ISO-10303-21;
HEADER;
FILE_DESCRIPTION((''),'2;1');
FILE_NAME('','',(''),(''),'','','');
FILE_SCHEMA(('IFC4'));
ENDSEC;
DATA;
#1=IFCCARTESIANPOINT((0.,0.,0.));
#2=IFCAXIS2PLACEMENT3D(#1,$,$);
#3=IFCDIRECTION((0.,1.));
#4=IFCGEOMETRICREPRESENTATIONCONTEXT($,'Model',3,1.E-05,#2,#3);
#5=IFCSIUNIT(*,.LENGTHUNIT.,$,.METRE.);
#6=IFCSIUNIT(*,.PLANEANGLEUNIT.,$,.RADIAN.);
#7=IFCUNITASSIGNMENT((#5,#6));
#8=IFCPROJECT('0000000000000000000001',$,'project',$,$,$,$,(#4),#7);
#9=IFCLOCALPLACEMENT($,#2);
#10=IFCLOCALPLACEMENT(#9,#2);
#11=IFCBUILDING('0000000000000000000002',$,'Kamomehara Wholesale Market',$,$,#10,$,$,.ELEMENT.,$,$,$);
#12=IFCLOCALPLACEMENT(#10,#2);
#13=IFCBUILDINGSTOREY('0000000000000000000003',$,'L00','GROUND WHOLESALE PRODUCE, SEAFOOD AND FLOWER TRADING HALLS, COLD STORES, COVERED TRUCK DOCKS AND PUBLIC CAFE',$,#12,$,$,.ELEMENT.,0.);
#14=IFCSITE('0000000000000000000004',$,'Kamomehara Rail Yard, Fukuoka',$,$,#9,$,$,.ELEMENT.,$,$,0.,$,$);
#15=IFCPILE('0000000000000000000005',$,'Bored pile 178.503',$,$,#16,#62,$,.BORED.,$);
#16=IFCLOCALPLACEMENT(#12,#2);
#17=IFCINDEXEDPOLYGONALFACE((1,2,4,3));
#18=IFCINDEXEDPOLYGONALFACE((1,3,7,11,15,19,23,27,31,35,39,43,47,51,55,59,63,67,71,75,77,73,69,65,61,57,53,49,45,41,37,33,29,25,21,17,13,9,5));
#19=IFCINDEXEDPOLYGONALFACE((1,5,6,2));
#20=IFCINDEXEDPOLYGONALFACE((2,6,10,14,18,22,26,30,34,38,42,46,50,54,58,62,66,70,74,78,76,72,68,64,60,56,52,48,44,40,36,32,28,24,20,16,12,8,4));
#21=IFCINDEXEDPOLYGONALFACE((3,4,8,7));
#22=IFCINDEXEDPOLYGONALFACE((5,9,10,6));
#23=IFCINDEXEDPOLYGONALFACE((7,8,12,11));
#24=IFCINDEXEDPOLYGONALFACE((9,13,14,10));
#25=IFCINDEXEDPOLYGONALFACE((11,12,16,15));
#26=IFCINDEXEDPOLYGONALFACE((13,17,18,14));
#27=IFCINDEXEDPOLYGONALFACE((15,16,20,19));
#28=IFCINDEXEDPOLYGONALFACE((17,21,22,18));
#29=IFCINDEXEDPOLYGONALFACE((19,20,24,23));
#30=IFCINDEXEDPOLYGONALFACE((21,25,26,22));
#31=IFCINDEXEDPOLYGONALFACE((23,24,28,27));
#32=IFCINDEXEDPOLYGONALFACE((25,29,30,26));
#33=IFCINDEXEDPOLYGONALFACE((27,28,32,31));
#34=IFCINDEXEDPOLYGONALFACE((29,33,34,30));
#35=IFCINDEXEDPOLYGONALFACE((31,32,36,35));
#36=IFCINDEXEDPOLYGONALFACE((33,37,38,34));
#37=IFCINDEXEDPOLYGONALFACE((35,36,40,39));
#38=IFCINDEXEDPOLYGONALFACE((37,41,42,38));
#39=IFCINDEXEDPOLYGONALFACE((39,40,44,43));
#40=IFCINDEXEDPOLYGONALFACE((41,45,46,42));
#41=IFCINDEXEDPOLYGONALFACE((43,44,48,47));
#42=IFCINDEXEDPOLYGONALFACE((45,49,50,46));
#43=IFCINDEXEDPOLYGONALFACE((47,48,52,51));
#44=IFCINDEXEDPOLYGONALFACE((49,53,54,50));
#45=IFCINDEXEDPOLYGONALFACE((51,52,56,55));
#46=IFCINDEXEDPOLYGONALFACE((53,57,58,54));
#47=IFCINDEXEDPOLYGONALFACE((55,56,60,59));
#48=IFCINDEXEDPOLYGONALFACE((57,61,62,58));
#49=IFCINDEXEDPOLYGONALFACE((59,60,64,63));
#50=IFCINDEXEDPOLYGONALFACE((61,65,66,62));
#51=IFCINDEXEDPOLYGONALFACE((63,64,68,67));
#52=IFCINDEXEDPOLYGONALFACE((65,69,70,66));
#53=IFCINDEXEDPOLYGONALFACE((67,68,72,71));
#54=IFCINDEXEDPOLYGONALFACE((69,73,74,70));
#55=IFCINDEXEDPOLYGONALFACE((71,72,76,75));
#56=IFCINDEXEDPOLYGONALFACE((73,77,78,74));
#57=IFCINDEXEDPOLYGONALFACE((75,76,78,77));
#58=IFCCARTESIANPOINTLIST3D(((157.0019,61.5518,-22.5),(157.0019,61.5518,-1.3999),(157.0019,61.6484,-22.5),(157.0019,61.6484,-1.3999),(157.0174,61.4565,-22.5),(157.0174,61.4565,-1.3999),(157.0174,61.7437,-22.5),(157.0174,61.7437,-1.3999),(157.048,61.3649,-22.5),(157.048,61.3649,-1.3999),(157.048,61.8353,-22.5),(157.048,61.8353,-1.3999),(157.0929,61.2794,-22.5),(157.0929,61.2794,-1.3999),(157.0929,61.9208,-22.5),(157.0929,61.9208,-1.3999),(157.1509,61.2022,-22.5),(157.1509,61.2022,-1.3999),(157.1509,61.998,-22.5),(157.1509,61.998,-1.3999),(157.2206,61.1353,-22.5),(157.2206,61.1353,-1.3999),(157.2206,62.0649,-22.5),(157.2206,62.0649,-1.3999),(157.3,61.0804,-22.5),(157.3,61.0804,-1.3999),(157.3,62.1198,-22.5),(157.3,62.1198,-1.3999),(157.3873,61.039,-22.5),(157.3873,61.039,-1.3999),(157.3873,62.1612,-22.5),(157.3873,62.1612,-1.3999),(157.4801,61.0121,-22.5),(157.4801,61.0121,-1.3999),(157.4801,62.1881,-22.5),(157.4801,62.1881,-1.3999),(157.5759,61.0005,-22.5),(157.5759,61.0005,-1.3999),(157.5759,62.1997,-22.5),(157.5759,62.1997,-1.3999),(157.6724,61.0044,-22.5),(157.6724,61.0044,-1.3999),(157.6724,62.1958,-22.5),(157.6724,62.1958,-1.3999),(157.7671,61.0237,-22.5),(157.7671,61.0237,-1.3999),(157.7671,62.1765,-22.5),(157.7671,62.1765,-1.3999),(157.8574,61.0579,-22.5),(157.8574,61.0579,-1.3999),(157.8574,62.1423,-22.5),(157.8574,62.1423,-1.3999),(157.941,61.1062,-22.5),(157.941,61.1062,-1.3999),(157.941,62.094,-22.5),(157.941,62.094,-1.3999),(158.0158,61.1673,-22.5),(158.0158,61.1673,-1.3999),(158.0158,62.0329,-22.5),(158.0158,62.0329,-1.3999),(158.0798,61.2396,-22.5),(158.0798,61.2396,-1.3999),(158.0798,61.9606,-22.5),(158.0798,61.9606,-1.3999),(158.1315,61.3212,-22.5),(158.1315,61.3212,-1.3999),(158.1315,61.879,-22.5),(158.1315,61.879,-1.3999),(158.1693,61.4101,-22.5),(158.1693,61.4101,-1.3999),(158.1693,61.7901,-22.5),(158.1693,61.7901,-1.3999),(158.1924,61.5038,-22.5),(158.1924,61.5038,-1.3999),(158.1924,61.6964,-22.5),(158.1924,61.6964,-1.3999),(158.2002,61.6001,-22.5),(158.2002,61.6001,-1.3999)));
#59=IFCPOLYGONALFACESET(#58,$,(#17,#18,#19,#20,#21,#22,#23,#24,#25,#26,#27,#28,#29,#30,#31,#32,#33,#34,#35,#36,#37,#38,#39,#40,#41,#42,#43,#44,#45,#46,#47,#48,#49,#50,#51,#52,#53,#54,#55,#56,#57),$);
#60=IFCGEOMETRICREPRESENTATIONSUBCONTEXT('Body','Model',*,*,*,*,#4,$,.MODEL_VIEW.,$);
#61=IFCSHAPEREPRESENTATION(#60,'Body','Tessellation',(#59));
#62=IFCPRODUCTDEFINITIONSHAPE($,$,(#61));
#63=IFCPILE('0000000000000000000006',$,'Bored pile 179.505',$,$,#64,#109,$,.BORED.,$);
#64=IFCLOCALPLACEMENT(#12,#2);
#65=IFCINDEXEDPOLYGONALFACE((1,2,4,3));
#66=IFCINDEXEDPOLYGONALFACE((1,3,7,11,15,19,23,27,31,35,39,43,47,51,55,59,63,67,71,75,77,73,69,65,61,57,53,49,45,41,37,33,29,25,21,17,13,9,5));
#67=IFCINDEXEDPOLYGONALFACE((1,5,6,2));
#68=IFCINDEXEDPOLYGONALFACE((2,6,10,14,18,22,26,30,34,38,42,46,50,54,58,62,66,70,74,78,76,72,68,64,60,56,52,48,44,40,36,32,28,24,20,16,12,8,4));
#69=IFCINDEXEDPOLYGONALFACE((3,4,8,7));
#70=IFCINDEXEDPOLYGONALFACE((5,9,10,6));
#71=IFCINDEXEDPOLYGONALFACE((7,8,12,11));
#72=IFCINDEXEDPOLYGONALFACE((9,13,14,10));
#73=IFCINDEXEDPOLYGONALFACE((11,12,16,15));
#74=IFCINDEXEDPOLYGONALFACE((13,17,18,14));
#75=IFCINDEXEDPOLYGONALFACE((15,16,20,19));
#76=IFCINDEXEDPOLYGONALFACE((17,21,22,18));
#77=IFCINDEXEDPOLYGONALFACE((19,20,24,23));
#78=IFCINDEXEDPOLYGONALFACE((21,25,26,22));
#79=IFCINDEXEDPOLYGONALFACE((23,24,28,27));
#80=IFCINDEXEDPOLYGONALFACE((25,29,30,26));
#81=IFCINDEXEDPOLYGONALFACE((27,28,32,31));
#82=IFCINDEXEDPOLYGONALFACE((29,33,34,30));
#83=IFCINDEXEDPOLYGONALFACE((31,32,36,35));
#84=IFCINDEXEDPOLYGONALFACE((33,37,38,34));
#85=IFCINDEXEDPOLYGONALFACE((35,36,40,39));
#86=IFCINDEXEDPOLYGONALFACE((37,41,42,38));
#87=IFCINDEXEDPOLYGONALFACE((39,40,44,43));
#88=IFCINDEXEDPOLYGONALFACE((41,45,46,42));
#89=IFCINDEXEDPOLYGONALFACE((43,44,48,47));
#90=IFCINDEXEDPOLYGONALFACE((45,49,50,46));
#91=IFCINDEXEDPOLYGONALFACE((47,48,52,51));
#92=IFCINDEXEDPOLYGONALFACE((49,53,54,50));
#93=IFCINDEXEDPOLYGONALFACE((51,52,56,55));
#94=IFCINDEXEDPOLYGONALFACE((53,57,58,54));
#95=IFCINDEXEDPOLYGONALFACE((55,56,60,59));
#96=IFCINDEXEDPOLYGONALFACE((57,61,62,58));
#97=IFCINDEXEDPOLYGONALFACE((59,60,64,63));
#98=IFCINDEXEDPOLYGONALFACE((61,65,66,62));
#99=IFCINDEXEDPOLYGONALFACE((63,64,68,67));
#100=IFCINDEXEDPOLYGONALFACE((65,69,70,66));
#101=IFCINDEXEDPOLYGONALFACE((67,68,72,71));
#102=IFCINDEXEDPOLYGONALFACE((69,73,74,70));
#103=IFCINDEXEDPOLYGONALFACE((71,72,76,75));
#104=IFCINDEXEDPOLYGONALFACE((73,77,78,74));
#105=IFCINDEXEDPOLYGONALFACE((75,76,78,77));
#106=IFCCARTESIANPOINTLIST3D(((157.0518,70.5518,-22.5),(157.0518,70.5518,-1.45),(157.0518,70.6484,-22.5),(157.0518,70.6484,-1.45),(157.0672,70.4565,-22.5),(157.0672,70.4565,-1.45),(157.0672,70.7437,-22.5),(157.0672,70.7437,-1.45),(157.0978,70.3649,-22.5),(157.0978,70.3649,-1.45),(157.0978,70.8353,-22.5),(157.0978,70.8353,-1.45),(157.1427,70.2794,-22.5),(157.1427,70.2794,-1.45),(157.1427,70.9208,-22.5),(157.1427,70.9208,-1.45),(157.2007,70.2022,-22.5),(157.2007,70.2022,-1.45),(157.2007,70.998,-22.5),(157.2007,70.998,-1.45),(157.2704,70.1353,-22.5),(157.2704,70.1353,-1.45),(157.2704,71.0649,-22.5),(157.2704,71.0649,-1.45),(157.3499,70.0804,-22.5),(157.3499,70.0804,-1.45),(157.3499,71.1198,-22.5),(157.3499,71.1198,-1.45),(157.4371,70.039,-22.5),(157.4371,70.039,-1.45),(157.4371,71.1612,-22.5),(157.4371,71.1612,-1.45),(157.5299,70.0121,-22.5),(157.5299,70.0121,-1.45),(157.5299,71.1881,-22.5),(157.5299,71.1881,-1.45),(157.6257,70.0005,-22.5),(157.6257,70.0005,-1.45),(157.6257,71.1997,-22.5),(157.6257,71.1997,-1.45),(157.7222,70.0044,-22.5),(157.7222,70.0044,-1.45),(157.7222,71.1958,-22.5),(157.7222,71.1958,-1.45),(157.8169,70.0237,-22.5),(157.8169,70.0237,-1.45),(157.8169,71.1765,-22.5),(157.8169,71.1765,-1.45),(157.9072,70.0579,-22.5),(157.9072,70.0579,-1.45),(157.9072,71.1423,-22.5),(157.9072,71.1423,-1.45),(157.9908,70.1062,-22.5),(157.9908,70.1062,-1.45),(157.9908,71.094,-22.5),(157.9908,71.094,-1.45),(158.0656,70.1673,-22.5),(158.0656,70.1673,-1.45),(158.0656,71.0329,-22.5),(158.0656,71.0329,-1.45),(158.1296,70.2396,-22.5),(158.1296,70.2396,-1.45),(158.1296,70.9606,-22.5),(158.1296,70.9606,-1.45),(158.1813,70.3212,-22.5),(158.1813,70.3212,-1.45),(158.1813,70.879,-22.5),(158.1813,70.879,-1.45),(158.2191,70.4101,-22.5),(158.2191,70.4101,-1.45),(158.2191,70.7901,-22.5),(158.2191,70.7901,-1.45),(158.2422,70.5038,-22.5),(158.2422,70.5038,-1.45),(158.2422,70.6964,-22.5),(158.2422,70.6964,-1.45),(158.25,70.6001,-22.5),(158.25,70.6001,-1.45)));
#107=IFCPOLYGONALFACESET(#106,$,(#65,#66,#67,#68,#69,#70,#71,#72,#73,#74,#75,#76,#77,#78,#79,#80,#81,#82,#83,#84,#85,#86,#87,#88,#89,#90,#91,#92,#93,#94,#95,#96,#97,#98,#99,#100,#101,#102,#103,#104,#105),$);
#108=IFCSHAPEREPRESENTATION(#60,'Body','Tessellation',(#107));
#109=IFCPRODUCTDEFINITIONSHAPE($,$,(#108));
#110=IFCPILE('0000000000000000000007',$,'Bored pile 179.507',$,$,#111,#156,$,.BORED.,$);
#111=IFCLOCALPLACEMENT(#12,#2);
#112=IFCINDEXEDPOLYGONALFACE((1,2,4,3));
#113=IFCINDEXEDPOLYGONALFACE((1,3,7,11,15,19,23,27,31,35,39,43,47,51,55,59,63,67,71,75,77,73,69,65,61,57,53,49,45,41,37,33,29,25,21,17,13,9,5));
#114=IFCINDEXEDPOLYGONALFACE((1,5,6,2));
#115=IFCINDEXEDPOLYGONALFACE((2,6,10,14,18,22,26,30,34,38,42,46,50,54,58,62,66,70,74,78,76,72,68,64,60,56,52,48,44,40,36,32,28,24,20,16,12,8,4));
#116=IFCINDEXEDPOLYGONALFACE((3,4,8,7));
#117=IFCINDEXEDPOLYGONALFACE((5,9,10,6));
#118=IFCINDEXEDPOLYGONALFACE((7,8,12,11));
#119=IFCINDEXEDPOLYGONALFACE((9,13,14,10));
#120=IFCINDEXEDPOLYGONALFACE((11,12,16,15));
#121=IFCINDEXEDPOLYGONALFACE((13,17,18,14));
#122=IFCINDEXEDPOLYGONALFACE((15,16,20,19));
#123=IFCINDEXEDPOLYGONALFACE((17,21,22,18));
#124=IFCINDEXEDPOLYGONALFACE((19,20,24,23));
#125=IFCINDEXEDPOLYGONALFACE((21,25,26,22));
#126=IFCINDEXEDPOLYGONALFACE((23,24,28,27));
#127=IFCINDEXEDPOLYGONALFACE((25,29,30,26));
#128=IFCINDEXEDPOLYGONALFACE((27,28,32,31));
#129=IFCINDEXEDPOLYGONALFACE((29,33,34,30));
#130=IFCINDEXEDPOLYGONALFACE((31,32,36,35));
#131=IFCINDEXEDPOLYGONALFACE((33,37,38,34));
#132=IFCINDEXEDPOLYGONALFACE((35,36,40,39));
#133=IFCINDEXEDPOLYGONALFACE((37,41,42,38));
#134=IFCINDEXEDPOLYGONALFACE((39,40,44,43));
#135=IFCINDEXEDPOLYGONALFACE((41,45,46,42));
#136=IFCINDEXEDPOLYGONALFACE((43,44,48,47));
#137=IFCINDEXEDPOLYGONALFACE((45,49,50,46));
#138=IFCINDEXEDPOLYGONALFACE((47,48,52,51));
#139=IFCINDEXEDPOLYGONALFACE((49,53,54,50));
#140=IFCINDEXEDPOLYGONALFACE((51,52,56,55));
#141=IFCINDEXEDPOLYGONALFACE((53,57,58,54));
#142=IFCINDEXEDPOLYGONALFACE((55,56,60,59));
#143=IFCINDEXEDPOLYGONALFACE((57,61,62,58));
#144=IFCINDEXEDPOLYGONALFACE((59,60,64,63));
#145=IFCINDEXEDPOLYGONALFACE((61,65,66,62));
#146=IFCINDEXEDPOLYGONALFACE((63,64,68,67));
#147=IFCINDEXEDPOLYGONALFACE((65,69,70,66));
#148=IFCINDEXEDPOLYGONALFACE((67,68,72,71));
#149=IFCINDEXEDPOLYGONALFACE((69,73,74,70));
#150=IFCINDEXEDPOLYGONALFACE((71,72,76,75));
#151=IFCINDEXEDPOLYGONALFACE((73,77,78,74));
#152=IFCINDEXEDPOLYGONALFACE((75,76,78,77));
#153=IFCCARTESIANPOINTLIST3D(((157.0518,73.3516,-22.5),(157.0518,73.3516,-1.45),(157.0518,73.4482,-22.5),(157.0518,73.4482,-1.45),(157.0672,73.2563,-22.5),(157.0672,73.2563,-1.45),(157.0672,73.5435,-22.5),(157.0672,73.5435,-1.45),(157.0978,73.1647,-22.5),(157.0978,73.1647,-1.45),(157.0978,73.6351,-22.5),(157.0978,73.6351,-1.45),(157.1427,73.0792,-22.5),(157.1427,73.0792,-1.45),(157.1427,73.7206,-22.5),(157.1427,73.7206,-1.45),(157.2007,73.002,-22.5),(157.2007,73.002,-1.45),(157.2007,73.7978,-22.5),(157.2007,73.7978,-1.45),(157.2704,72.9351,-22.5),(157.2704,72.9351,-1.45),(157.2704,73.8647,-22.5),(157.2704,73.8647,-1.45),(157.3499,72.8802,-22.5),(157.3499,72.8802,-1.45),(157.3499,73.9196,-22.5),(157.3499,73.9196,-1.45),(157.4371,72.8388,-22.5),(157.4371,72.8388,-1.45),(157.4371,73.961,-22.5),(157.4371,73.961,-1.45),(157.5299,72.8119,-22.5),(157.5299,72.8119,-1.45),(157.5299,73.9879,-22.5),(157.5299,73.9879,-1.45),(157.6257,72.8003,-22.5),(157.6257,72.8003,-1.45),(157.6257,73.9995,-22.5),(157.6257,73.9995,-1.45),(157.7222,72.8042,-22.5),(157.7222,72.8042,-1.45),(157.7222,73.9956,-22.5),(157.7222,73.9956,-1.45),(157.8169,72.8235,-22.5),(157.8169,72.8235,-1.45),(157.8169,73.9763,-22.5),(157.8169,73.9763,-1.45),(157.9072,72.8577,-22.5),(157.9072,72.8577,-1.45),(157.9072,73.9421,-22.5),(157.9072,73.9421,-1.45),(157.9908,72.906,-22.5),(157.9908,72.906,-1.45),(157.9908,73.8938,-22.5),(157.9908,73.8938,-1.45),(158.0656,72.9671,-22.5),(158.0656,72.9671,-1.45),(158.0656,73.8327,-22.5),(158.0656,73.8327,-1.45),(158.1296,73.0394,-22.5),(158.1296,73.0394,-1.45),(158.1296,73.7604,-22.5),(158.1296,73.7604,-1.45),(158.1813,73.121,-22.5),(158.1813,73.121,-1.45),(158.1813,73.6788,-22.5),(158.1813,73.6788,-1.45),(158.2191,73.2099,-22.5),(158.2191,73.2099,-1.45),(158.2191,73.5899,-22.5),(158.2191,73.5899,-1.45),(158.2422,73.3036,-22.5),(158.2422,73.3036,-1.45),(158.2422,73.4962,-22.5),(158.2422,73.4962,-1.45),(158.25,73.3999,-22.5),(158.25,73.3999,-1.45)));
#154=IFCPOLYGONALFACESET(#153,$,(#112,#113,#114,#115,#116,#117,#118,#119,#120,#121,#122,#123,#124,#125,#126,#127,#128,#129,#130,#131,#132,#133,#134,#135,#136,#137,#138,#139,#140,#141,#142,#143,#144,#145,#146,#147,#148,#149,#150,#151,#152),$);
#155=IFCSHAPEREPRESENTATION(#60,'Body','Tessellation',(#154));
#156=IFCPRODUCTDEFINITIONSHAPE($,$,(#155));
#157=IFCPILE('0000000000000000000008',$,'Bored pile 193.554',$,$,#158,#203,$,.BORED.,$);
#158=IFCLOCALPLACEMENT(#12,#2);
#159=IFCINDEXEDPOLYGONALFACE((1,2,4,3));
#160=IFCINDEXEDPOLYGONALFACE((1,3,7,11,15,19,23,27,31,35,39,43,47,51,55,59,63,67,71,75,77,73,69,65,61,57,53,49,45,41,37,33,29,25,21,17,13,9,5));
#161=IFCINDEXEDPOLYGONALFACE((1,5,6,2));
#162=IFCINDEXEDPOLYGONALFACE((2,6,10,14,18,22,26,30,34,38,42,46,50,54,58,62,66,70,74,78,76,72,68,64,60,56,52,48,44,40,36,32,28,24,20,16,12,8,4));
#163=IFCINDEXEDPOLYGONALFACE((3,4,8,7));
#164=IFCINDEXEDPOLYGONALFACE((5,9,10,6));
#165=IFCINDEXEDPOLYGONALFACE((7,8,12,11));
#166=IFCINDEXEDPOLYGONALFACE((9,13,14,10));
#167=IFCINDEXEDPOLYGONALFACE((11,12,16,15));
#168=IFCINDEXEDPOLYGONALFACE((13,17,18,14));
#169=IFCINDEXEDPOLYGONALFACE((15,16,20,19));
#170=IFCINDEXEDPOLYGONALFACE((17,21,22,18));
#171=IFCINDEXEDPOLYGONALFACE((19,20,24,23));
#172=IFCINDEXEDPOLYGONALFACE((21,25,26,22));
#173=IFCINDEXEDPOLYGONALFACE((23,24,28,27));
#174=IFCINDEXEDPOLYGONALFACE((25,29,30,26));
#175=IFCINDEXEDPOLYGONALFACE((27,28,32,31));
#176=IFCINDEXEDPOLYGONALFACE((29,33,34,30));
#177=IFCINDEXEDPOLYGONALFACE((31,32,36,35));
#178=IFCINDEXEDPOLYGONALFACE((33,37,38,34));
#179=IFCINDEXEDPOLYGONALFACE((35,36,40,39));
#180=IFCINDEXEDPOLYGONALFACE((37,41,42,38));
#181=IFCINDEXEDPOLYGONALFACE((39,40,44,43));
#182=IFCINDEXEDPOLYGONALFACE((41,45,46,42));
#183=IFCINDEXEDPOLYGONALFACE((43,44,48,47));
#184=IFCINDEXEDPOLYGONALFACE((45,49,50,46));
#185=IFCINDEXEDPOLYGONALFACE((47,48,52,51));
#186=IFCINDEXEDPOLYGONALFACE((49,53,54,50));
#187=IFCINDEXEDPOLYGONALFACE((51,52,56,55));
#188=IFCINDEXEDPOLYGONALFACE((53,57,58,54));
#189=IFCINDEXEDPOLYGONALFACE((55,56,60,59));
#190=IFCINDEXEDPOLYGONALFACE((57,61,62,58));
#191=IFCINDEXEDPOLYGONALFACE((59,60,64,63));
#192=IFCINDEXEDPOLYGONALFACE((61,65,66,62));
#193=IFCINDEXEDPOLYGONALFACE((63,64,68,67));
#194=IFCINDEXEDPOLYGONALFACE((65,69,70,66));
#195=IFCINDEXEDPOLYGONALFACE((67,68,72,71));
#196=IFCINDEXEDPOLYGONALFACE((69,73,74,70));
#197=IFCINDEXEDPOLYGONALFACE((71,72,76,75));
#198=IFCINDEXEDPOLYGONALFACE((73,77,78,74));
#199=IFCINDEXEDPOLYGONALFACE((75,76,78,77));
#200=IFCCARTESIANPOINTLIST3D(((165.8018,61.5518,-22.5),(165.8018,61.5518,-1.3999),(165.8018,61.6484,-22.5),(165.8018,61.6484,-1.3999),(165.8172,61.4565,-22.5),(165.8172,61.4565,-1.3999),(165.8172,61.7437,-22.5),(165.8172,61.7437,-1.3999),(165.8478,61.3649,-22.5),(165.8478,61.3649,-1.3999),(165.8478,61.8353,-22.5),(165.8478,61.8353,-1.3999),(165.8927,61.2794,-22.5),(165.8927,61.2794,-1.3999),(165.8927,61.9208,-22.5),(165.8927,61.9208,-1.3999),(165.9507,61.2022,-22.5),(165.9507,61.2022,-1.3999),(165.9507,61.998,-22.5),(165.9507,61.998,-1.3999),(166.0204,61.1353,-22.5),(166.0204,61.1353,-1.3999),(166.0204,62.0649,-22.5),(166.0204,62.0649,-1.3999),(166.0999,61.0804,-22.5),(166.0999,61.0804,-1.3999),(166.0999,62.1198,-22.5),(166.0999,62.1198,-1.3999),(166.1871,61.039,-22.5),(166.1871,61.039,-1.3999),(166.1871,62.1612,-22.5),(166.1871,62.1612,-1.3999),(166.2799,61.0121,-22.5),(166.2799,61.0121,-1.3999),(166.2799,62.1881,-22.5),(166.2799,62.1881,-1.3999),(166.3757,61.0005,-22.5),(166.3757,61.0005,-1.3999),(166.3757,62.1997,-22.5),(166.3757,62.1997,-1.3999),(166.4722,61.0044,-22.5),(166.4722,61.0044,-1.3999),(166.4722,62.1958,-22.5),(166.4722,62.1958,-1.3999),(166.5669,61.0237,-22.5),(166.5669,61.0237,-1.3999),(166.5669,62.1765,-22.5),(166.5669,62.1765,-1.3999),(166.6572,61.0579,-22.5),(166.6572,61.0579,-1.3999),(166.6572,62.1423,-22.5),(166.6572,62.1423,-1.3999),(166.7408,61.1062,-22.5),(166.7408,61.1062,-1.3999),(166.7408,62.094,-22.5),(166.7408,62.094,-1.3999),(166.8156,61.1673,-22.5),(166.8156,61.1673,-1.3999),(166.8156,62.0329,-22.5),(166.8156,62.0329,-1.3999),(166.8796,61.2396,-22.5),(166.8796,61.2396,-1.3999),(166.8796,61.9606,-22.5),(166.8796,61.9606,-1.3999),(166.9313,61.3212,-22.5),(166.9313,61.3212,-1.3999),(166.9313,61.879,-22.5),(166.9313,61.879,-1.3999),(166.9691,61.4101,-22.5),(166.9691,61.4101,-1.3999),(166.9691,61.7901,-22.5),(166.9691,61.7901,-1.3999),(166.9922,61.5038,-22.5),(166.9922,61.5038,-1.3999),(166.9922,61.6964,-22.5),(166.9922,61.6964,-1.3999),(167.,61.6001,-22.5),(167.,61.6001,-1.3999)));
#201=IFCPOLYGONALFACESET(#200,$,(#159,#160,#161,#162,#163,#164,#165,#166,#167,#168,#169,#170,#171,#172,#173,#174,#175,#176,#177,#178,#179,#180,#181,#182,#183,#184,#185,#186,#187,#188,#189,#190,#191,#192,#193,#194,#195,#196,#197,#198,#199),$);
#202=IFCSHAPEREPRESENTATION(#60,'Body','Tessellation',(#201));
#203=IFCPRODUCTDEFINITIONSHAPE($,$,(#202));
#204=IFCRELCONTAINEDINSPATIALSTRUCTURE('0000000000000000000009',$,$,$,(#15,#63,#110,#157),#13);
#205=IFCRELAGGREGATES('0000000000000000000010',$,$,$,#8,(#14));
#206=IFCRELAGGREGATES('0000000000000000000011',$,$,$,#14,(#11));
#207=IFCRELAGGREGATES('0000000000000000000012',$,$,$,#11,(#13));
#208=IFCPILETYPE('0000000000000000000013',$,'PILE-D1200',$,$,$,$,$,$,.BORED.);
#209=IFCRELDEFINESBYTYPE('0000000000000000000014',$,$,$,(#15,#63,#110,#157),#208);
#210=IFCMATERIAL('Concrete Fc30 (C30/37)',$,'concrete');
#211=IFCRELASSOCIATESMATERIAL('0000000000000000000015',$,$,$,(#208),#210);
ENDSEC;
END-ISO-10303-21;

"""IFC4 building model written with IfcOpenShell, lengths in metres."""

from ifc_helpers import new_model, si_unit, direction, frame, origin, origin_2d, place, context, subcontext, project, spatial, circle, extrude, material, material_profile, profile_set, type_object, element, save


model = new_model("IFC4")

# Units and contexts
model_context = context("Model", 3, precision=1e-05, world=origin(), true_north=direction((0.0, 1.0)))
body_context = subcontext(model_context, "Body", "Model", "MODEL_VIEW")
ifc_project = project(units=[si_unit("LENGTHUNIT", "METRE"), si_unit("PLANEANGLEUNIT", "RADIAN")], contexts=[model_context])

# Site, building, storey
site_placement = place(None, origin())
site = spatial("IfcSite", under=ifc_project, at=site_placement, Name="Kamomehara Rail Yard, Fukuoka", CompositionType="ELEMENT", RefElevation=0.0)
building_placement = place(site_placement, origin())
building = spatial("IfcBuilding", under=site, at=building_placement, Name="Kamomehara Wholesale Market", CompositionType="ELEMENT")
storey_placement = place(building_placement, origin())
storey = spatial("IfcBuildingStorey", under=building, at=storey_placement, Name="L00", Description="GROUND WHOLESALE PRODUCE, SEAFOOD AND FLOWER TRADING HALLS, COLD STORES, COVERED TRUCK DOCKS AND PUBLIC CAFE", CompositionType="ELEMENT", Elevation=0.0)

# Piles
ifc_material_1 = material(Name="Concrete Fc30 (C30/37)", Category="concrete")
ifc_material_profile_1 = material_profile(ifc_material_1, circle(Radius=0.6001, at=origin_2d()), Name="RC-PILE-D1200")
ifc_profile_set_1 = profile_set([ifc_material_profile_1], Name="Concrete Fc30 (C30/37)")
pile_type_1 = type_object("IfcPileType", Name="PILE-D1200", PredefinedType="BORED", material=ifc_profile_set_1)
pile_1_placement = place(storey_placement, frame((157.6001, 61.6001, -1.3999), z_axis=(0.0, 0.0, -1.0), x_axis=(1.0, 0.0, 0.0)))
element("IfcPile", 1, at=pile_1_placement, inside=storey, type_object=pile_type_1, Name="Bored pile 178.503", PredefinedType="BORED", context=body_context, shape_type="SweptSolid", body=[
    extrude(circle(Radius=0.6001, at=origin_2d()), origin(), (0.0, 0.0, 1.0), 21.1001),
])
for number, where, z_axis, x_axis, name in (
    (2, (157.6499, 70.6001, -1.45), (0.0, 0.0, -1.0), (1.0, 0.0, 0.0), "Bored pile 179.505"),
    (3, (157.6499, 73.3999, -1.45), (0.0, 0.0, -1.0), (1.0, 0.0, 0.0), "Bored pile 179.507"),
):
    element("IfcPile", number, at=place(storey_placement, frame(where, z_axis=z_axis, x_axis=x_axis)), inside=storey, type_object=pile_type_1, Name=name, PredefinedType="BORED", context=body_context, shape_type="SweptSolid", body=[
        extrude(circle(Radius=0.6001, at=origin_2d()), origin(), (0.0, 0.0, 1.0), 21.05),
    ])
for number, where, z_axis, x_axis, name in (
    (4, (166.3999, 61.6001, -1.3999), (0.0, 0.0, -1.0), (1.0, 0.0, 0.0), "Bored pile 193.554"),
):
    element("IfcPile", number, at=place(storey_placement, frame(where, z_axis=z_axis, x_axis=x_axis)), inside=storey, type_object=pile_type_1, Name=name, PredefinedType="BORED", context=body_context, shape_type="SweptSolid", body=[
        extrude(circle(Radius=0.6001, at=origin_2d()), origin(), (0.0, 0.0, 1.0), 21.1001),
    ])

save(model, "model.ifc")
